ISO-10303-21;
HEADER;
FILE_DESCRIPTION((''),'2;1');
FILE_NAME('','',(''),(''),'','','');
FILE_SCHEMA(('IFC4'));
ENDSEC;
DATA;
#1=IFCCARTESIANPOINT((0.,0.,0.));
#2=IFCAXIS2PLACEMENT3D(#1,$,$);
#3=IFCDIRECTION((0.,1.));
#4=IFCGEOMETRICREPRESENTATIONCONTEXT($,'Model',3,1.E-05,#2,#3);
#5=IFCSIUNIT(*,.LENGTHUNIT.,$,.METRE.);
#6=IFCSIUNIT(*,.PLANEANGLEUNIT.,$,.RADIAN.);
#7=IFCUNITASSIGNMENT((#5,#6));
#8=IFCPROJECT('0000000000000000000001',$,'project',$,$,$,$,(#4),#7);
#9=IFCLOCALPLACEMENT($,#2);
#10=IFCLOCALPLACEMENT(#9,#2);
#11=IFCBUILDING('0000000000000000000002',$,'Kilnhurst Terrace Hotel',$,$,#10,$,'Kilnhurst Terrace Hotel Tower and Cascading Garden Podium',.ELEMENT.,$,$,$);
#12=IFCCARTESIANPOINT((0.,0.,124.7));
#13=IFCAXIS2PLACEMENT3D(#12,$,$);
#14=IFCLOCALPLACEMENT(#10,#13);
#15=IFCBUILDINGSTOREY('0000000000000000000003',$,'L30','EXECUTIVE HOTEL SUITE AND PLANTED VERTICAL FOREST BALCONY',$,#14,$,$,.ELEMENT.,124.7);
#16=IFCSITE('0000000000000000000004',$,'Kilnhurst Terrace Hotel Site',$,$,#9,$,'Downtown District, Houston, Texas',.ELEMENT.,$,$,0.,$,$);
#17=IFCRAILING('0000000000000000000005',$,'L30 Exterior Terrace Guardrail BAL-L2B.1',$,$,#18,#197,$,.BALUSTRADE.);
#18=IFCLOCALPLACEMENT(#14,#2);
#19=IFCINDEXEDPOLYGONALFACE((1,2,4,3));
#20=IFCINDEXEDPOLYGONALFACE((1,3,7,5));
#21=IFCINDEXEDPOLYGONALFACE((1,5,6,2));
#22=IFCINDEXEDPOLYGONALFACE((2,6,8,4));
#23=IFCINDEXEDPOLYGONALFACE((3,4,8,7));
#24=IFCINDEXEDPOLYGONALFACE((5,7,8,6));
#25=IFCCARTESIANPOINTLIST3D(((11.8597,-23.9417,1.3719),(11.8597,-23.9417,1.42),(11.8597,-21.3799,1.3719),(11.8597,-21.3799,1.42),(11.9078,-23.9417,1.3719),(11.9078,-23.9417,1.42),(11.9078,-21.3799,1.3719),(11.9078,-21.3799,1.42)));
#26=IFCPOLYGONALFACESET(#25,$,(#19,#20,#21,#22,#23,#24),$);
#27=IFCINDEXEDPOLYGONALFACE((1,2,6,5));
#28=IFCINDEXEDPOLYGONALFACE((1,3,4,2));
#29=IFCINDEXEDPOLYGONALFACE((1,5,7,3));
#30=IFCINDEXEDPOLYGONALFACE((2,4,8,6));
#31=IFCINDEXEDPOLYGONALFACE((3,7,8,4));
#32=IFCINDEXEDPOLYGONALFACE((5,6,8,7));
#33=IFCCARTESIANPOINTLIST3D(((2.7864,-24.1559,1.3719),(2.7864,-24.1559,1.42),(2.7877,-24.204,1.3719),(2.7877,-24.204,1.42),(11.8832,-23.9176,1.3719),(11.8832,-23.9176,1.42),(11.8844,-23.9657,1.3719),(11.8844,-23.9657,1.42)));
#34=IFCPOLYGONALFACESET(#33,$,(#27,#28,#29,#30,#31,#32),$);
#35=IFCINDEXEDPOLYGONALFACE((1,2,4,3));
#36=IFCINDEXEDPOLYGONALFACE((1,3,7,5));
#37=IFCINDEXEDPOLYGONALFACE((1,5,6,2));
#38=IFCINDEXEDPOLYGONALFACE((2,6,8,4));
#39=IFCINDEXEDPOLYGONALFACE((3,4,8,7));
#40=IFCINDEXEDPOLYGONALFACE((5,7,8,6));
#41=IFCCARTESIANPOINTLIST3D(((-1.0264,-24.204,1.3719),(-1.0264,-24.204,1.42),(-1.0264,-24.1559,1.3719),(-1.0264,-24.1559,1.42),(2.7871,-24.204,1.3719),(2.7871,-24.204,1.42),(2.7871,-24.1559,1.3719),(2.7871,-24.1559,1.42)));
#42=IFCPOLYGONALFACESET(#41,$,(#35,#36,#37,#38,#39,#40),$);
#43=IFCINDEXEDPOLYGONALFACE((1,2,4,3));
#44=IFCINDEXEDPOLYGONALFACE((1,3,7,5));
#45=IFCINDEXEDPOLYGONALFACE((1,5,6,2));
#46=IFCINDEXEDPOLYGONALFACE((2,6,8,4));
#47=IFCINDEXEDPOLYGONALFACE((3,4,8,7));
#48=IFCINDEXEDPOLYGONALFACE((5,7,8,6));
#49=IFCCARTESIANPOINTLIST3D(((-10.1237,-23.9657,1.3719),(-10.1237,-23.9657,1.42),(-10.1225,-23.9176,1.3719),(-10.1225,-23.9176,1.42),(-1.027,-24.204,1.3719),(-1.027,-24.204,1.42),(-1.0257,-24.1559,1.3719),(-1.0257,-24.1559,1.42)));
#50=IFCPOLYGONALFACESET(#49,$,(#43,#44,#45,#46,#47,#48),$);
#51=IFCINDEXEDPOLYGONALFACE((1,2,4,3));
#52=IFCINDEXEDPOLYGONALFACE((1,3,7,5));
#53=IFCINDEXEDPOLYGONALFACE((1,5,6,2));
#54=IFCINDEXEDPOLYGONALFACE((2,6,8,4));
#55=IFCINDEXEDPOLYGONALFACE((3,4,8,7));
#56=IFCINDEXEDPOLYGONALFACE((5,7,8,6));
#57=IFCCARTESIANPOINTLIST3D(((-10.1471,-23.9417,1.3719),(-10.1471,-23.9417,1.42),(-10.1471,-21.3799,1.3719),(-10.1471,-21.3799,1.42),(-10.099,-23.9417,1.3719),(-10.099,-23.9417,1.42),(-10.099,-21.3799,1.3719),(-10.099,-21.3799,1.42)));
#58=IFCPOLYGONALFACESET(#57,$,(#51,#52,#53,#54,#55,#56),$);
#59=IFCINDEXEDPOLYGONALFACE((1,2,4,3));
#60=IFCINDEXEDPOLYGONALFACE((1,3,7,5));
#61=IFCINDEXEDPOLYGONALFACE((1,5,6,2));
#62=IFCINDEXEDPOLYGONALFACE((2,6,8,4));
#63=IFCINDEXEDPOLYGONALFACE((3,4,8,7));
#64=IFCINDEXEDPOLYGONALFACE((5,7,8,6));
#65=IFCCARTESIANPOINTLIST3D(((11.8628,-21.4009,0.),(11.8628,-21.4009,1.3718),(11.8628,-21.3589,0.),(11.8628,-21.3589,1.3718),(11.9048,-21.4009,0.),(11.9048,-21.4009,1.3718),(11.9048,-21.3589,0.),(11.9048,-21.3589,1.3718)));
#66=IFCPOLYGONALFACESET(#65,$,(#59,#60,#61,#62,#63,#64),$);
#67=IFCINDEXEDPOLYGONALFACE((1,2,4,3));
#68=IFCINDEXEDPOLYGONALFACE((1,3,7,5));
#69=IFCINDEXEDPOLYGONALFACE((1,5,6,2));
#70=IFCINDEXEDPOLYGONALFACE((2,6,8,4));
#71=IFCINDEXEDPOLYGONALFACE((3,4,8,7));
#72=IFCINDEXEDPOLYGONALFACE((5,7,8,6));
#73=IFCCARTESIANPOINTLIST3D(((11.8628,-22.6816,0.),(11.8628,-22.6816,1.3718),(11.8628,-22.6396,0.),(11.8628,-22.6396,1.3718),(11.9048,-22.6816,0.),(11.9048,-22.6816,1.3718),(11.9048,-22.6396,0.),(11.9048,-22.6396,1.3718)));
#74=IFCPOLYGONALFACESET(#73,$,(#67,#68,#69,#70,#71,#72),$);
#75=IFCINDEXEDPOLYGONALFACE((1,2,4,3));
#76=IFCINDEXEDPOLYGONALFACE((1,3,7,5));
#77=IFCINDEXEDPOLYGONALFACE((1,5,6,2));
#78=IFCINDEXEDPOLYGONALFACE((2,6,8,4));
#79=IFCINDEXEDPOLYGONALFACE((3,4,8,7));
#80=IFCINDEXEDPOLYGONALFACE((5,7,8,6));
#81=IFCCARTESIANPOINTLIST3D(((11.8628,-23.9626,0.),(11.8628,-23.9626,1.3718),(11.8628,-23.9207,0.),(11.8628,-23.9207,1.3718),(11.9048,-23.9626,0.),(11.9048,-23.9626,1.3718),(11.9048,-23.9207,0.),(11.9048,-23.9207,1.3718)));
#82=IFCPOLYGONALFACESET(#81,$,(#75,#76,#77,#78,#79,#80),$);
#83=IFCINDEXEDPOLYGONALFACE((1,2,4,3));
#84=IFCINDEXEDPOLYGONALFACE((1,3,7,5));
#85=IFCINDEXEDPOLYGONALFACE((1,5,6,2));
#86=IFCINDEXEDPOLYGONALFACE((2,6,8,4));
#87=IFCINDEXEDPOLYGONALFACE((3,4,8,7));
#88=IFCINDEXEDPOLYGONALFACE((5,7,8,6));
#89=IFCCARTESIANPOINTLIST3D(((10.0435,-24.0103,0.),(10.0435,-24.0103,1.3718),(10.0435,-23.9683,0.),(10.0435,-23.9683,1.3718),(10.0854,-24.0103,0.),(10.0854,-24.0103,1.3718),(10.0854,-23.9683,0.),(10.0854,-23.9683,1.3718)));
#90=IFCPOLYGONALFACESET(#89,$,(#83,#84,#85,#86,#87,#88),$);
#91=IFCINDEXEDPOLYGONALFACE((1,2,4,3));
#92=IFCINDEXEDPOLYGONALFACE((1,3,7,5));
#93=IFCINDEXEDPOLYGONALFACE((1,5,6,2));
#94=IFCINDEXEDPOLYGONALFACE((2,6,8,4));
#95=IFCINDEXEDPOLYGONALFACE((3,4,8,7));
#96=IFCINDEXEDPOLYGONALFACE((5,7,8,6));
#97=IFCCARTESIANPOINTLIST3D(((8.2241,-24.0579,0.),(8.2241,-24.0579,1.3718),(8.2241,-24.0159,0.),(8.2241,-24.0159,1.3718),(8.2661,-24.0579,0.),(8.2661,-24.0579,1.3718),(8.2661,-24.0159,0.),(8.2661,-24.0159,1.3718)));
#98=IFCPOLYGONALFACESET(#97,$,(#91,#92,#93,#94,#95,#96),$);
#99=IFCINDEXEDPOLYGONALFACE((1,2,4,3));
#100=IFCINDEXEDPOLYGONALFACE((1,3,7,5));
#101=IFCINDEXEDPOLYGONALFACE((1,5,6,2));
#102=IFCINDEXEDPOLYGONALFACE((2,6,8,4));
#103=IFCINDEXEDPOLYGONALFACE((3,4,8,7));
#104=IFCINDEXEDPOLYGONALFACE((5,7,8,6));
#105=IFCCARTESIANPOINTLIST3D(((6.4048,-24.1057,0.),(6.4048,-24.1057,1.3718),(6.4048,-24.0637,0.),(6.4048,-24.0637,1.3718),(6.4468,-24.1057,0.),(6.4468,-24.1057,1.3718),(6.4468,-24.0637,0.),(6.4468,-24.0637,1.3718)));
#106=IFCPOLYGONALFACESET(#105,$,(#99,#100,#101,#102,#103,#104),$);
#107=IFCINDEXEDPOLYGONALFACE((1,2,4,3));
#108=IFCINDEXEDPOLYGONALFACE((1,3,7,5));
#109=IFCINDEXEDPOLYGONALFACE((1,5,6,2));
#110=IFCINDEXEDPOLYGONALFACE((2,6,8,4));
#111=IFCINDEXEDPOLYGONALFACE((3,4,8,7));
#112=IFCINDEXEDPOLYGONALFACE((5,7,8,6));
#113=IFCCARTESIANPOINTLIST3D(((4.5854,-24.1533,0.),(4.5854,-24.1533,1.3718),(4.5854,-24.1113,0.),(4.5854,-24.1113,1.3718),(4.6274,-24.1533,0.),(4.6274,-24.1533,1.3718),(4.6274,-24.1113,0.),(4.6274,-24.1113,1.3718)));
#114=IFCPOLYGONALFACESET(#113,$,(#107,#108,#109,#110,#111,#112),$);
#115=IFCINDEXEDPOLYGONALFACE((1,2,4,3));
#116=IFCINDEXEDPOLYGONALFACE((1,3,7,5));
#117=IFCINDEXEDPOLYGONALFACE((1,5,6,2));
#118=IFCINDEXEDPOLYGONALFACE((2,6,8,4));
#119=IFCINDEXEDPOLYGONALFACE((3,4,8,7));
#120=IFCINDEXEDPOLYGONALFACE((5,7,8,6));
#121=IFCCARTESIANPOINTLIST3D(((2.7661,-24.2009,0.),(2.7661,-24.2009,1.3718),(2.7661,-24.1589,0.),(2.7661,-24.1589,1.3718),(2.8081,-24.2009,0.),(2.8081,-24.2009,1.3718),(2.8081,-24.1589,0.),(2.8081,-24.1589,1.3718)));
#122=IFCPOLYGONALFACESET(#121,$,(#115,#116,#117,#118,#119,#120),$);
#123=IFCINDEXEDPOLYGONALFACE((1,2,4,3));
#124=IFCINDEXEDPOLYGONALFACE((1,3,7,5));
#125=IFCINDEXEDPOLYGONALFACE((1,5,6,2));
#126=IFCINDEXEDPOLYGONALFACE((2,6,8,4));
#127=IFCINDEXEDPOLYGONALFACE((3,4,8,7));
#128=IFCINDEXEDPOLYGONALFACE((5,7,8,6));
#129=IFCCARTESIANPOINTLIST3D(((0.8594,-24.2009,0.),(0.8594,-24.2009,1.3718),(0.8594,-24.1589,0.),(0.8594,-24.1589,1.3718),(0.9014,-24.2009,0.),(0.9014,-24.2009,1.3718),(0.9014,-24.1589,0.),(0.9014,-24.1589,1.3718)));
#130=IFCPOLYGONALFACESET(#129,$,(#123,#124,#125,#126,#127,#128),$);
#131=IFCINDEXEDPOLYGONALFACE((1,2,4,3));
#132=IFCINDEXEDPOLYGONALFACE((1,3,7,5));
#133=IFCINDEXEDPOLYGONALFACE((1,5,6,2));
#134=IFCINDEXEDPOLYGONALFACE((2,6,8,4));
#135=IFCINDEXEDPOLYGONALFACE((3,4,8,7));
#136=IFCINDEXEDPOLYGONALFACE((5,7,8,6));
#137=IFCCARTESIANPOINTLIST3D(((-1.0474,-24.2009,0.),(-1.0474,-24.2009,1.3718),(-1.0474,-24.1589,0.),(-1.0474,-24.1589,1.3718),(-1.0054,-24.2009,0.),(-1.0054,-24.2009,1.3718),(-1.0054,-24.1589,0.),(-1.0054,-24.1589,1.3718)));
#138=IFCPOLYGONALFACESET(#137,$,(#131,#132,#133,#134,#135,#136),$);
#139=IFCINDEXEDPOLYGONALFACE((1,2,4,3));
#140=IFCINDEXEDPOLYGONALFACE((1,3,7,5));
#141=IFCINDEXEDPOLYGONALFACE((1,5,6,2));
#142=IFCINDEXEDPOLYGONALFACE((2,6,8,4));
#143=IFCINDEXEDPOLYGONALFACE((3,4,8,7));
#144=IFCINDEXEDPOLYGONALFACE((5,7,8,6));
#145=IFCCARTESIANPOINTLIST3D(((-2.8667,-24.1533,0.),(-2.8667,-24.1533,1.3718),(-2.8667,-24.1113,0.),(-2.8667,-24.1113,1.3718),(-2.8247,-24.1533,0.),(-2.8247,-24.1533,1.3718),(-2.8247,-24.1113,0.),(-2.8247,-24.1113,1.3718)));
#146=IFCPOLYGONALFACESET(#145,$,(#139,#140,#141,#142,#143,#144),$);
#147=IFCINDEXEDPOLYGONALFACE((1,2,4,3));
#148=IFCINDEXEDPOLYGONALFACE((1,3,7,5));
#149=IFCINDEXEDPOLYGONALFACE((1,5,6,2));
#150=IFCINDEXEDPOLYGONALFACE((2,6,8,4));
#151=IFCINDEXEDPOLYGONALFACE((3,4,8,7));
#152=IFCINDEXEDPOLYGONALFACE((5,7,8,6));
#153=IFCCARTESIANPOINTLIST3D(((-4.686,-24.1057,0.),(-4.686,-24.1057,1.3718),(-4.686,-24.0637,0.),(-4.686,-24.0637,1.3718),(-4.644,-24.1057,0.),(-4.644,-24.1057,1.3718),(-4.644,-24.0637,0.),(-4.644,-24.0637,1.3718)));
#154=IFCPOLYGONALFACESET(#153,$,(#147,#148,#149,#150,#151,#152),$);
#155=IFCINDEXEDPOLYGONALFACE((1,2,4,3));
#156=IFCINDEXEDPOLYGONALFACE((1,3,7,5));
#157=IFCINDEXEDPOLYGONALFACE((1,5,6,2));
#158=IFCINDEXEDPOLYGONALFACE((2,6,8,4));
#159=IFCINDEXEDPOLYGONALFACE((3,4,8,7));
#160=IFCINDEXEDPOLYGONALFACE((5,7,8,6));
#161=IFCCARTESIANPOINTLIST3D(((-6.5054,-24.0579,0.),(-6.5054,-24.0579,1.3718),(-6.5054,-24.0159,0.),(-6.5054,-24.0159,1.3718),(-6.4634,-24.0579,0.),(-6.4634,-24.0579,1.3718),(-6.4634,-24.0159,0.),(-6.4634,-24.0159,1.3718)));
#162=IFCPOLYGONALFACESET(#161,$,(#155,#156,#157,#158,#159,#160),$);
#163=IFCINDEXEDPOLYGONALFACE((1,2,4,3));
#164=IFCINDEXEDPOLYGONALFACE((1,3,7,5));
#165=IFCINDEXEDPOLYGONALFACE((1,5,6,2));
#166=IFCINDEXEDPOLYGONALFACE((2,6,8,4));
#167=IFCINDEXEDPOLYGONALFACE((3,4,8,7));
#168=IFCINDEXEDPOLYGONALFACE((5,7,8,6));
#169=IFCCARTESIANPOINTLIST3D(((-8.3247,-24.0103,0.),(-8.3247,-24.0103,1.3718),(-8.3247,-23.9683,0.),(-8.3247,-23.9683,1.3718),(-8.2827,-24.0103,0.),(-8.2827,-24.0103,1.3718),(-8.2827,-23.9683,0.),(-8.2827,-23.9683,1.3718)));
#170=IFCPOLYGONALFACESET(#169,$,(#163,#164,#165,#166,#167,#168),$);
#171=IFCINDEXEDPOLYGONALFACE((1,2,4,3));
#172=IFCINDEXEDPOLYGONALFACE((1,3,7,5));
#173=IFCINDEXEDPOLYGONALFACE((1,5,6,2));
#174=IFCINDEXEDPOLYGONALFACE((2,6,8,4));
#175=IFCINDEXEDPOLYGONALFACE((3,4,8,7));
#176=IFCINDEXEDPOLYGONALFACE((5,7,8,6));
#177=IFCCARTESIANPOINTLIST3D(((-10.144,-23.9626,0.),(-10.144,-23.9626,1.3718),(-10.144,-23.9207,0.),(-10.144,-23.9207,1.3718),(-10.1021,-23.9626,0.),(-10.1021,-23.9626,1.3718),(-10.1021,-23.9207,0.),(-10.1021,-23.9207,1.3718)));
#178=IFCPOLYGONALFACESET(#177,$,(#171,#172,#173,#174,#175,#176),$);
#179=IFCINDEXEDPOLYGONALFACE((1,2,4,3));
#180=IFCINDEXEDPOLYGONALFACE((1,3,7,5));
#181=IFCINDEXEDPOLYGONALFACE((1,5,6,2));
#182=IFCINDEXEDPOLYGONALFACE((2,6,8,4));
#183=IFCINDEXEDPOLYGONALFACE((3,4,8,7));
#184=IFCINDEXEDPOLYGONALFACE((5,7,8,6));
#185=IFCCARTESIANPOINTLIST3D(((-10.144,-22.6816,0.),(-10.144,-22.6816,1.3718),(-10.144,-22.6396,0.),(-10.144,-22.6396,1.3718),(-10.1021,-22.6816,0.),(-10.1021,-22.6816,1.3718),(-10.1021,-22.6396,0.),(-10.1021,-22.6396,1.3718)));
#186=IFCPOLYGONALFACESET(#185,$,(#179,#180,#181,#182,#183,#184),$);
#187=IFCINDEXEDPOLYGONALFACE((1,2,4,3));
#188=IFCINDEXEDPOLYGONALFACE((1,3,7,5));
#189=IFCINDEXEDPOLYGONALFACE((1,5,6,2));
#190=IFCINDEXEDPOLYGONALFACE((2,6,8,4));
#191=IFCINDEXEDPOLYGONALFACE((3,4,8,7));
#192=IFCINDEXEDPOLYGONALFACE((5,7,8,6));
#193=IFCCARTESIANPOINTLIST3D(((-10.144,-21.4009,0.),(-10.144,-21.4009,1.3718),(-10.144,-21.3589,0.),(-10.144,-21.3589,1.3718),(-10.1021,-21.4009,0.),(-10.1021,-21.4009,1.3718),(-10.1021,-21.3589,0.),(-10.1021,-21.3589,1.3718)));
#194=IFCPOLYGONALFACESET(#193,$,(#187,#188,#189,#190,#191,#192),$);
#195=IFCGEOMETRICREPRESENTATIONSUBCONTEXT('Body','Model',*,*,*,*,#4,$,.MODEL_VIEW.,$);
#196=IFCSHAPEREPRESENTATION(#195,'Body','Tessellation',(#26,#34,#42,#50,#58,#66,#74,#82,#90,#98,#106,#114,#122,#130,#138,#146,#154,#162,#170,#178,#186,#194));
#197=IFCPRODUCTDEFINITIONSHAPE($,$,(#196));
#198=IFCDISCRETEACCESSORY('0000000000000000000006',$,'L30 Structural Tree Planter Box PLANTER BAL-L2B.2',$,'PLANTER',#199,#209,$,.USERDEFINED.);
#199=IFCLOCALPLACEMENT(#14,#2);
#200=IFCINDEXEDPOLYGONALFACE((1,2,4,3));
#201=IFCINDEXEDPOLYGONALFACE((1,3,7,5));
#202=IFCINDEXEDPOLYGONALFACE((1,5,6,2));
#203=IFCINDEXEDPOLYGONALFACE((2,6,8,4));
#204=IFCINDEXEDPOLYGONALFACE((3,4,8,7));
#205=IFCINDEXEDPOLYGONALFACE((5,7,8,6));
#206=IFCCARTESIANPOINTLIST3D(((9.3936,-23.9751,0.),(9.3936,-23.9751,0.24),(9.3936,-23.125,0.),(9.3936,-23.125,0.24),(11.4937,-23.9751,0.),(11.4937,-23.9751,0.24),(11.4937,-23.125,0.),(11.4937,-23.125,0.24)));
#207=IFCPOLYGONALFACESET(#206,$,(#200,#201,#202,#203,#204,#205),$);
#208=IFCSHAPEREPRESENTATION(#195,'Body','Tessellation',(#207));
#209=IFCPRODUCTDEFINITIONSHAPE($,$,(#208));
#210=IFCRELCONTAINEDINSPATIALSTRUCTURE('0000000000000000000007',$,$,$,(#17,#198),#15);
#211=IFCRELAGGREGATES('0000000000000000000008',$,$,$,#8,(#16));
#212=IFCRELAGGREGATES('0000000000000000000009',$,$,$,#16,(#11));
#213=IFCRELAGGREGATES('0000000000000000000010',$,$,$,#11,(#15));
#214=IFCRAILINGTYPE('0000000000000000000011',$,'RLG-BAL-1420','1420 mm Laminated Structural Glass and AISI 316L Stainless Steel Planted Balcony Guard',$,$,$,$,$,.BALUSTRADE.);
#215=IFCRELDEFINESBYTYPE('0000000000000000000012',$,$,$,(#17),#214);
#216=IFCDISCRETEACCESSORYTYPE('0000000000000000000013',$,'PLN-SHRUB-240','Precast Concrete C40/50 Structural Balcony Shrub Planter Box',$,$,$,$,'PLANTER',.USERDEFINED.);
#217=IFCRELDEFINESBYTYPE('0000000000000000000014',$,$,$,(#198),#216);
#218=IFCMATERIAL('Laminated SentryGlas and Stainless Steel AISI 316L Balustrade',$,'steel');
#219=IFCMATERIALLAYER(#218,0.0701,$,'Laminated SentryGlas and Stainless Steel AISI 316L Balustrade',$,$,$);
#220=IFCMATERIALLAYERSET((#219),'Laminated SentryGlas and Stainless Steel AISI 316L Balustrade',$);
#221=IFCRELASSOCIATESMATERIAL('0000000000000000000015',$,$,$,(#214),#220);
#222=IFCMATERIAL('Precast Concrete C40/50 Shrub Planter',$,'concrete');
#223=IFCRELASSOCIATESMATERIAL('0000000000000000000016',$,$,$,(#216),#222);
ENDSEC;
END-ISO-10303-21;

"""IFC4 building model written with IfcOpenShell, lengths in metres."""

from ifc_helpers import new_model, si_unit, direction, frame, origin, origin_2d, place, context, subcontext, project, spatial, rectangle, extrude, material, layer, layer_set, type_object, element, save


model = new_model("IFC4")

# Units and contexts
model_context = context("Model", 3, precision=1e-05, world=origin(), true_north=direction((0.0, 1.0)))
body_context = subcontext(model_context, "Body", "Model", "MODEL_VIEW")
ifc_project = project(units=[si_unit("LENGTHUNIT", "METRE"), si_unit("PLANEANGLEUNIT", "RADIAN")], contexts=[model_context])

# Site, building, storey
site_placement = place(None, origin())
site = spatial("IfcSite", under=ifc_project, at=site_placement, Name="Kilnhurst Terrace Hotel Site", LongName="Downtown District, Houston, Texas", CompositionType="ELEMENT", RefElevation=0.0)
building_placement = place(site_placement, origin())
building = spatial("IfcBuilding", under=site, at=building_placement, Name="Kilnhurst Terrace Hotel", LongName="Kilnhurst Terrace Hotel Tower and Cascading Garden Podium", CompositionType="ELEMENT")
storey_placement = place(building_placement, frame((0.0, 0.0, 124.7)))
storey = spatial("IfcBuildingStorey", under=building, at=storey_placement, Name="L30", Description="EXECUTIVE HOTEL SUITE AND PLANTED VERTICAL FOREST BALCONY", CompositionType="ELEMENT", Elevation=124.7)

# Railing
ifc_material_1 = material(Name="Laminated SentryGlas and Stainless Steel AISI 316L Balustrade", Category="steel")
ifc_layer_1 = layer(ifc_material_1, 0.0701, Name="Laminated SentryGlas and Stainless Steel AISI 316L Balustrade")
ifc_layer_set_1 = layer_set([ifc_layer_1], Name="Laminated SentryGlas and Stainless Steel AISI 316L Balustrade")
railing_type = type_object("IfcRailingType", Name="RLG-BAL-1420", Description="1420 mm Laminated Structural Glass and AISI 316L Stainless Steel Planted Balcony Guard", PredefinedType="BALUSTRADE", material=ifc_layer_set_1)
railing_placement = place(storey_placement, frame((11.8838, -21.3799, 0.0)))
element("IfcRailing", 1, at=railing_placement, inside=storey, type_object=railing_type, Name="L30 Exterior Terrace Guardrail BAL-L2B.1", PredefinedType="BALUSTRADE", context=body_context, shape_type="SweptSolid", body=[
    extrude(rectangle(XDim=0.0481, YDim=0.0481, at=origin_2d()), frame((0.0, 0.0, 1.396), z_axis=(0.0, -1.0, 0.0), x_axis=(1.0, 0.0, 0.0)), (0.0, 0.0, 1.0), 2.5618),
    extrude(rectangle(XDim=0.0481, YDim=0.0481, at=origin_2d()), frame((0.0, -2.5618, 1.396), z_axis=(-0.999657, -0.026185, 0.0), x_axis=(0.026185, -0.999657, 0.0)), (0.0, 0.0, 1.0), 9.0999),
    extrude(rectangle(XDim=0.0481, YDim=0.0481, at=origin_2d()), frame((-9.0967, -2.8, 1.396), z_axis=(-1.0, 0.0, 0.0), x_axis=(0.0, -1.0, 0.0)), (0.0, 0.0, 1.0), 3.8135),
    extrude(rectangle(XDim=0.0481, YDim=0.0481, at=origin_2d()), frame((-12.9102, -2.8, 1.396), z_axis=(-0.999657, 0.026185, 0.0), x_axis=(-0.026185, -0.999657, 0.0)), (0.0, 0.0, 1.0), 9.0999),
    extrude(rectangle(XDim=0.0481, YDim=0.0481, at=origin_2d()), frame((-22.0068, -2.5618, 1.396), z_axis=(0.0, 1.0, 0.0), x_axis=(-1.0, 0.0, 0.0)), (0.0, 0.0, 1.0), 2.5618),
    extrude(rectangle(XDim=0.042, YDim=0.042, at=origin_2d()), origin(), (0.0, 0.0, 1.0), 1.3718),
    extrude(rectangle(XDim=0.042, YDim=0.042, at=origin_2d()), frame((0.0, -1.2808, 0.0)), (0.0, 0.0, 1.0), 1.3718),
    extrude(rectangle(XDim=0.042, YDim=0.042, at=origin_2d()), frame((0.0, -2.5618, 0.0)), (0.0, 0.0, 1.0), 1.3718),
    extrude(rectangle(XDim=0.042, YDim=0.042, at=origin_2d()), frame((-1.8193, -2.6094, 0.0)), (0.0, 0.0, 1.0), 1.3718),
    extrude(rectangle(XDim=0.042, YDim=0.042, at=origin_2d()), frame((-3.6387, -2.657, 0.0)), (0.0, 0.0, 1.0), 1.3718),
    extrude(rectangle(XDim=0.042, YDim=0.042, at=origin_2d()), frame((-5.458, -2.7048, 0.0)), (0.0, 0.0, 1.0), 1.3718),
    extrude(rectangle(XDim=0.042, YDim=0.042, at=origin_2d()), frame((-7.2773, -2.7524, 0.0)), (0.0, 0.0, 1.0), 1.3718),
    extrude(rectangle(XDim=0.042, YDim=0.042, at=origin_2d()), frame((-9.0967, -2.8, 0.0)), (0.0, 0.0, 1.0), 1.3718),
    extrude(rectangle(XDim=0.042, YDim=0.042, at=origin_2d()), frame((-11.0034, -2.8, 0.0)), (0.0, 0.0, 1.0), 1.3718),
    extrude(rectangle(XDim=0.042, YDim=0.042, at=origin_2d()), frame((-12.9102, -2.8, 0.0)), (0.0, 0.0, 1.0), 1.3718),
    extrude(rectangle(XDim=0.042, YDim=0.042, at=origin_2d()), frame((-14.7295, -2.7524, 0.0)), (0.0, 0.0, 1.0), 1.3718),
    extrude(rectangle(XDim=0.042, YDim=0.042, at=origin_2d()), frame((-16.5488, -2.7048, 0.0)), (0.0, 0.0, 1.0), 1.3718),
    extrude(rectangle(XDim=0.042, YDim=0.042, at=origin_2d()), frame((-18.3682, -2.657, 0.0)), (0.0, 0.0, 1.0), 1.3718),
    extrude(rectangle(XDim=0.042, YDim=0.042, at=origin_2d()), frame((-20.1875, -2.6094, 0.0)), (0.0, 0.0, 1.0), 1.3718),
    extrude(rectangle(XDim=0.042, YDim=0.042, at=origin_2d()), frame((-22.0068, -2.5618, 0.0)), (0.0, 0.0, 1.0), 1.3718),
    extrude(rectangle(XDim=0.042, YDim=0.042, at=origin_2d()), frame((-22.0068, -1.2808, 0.0)), (0.0, 0.0, 1.0), 1.3718),
    extrude(rectangle(XDim=0.042, YDim=0.042, at=origin_2d()), frame((-22.0068, 0.0, 0.0)), (0.0, 0.0, 1.0), 1.3718),
])

# Discrete accessory
ifc_material_2 = material(Name="Precast Concrete C40/50 Shrub Planter", Category="concrete")
discrete_accessory_type = type_object("IfcDiscreteAccessoryType", Name="PLN-SHRUB-240", Description="Precast Concrete C40/50 Structural Balcony Shrub Planter Box", ElementType="PLANTER", PredefinedType="USERDEFINED", material=ifc_material_2)
discrete_accessory_placement = place(storey_placement, frame((10.4436, -23.55, 0.0), z_axis=(0.0, 0.0, 1.0), x_axis=(1.0, 0.0, 0.0)))
element("IfcDiscreteAccessory", 2, at=discrete_accessory_placement, inside=storey, type_object=discrete_accessory_type, Name="L30 Structural Tree Planter Box PLANTER BAL-L2B.2", ObjectType="PLANTER", PredefinedType="USERDEFINED", context=body_context, shape_type="SweptSolid", body=[
    extrude(rectangle(XDim=2.1001, YDim=0.8501, at=origin_2d()), origin(), (0.0, 0.0, 1.0), 0.24),
])

save(model, "model.ifc")
